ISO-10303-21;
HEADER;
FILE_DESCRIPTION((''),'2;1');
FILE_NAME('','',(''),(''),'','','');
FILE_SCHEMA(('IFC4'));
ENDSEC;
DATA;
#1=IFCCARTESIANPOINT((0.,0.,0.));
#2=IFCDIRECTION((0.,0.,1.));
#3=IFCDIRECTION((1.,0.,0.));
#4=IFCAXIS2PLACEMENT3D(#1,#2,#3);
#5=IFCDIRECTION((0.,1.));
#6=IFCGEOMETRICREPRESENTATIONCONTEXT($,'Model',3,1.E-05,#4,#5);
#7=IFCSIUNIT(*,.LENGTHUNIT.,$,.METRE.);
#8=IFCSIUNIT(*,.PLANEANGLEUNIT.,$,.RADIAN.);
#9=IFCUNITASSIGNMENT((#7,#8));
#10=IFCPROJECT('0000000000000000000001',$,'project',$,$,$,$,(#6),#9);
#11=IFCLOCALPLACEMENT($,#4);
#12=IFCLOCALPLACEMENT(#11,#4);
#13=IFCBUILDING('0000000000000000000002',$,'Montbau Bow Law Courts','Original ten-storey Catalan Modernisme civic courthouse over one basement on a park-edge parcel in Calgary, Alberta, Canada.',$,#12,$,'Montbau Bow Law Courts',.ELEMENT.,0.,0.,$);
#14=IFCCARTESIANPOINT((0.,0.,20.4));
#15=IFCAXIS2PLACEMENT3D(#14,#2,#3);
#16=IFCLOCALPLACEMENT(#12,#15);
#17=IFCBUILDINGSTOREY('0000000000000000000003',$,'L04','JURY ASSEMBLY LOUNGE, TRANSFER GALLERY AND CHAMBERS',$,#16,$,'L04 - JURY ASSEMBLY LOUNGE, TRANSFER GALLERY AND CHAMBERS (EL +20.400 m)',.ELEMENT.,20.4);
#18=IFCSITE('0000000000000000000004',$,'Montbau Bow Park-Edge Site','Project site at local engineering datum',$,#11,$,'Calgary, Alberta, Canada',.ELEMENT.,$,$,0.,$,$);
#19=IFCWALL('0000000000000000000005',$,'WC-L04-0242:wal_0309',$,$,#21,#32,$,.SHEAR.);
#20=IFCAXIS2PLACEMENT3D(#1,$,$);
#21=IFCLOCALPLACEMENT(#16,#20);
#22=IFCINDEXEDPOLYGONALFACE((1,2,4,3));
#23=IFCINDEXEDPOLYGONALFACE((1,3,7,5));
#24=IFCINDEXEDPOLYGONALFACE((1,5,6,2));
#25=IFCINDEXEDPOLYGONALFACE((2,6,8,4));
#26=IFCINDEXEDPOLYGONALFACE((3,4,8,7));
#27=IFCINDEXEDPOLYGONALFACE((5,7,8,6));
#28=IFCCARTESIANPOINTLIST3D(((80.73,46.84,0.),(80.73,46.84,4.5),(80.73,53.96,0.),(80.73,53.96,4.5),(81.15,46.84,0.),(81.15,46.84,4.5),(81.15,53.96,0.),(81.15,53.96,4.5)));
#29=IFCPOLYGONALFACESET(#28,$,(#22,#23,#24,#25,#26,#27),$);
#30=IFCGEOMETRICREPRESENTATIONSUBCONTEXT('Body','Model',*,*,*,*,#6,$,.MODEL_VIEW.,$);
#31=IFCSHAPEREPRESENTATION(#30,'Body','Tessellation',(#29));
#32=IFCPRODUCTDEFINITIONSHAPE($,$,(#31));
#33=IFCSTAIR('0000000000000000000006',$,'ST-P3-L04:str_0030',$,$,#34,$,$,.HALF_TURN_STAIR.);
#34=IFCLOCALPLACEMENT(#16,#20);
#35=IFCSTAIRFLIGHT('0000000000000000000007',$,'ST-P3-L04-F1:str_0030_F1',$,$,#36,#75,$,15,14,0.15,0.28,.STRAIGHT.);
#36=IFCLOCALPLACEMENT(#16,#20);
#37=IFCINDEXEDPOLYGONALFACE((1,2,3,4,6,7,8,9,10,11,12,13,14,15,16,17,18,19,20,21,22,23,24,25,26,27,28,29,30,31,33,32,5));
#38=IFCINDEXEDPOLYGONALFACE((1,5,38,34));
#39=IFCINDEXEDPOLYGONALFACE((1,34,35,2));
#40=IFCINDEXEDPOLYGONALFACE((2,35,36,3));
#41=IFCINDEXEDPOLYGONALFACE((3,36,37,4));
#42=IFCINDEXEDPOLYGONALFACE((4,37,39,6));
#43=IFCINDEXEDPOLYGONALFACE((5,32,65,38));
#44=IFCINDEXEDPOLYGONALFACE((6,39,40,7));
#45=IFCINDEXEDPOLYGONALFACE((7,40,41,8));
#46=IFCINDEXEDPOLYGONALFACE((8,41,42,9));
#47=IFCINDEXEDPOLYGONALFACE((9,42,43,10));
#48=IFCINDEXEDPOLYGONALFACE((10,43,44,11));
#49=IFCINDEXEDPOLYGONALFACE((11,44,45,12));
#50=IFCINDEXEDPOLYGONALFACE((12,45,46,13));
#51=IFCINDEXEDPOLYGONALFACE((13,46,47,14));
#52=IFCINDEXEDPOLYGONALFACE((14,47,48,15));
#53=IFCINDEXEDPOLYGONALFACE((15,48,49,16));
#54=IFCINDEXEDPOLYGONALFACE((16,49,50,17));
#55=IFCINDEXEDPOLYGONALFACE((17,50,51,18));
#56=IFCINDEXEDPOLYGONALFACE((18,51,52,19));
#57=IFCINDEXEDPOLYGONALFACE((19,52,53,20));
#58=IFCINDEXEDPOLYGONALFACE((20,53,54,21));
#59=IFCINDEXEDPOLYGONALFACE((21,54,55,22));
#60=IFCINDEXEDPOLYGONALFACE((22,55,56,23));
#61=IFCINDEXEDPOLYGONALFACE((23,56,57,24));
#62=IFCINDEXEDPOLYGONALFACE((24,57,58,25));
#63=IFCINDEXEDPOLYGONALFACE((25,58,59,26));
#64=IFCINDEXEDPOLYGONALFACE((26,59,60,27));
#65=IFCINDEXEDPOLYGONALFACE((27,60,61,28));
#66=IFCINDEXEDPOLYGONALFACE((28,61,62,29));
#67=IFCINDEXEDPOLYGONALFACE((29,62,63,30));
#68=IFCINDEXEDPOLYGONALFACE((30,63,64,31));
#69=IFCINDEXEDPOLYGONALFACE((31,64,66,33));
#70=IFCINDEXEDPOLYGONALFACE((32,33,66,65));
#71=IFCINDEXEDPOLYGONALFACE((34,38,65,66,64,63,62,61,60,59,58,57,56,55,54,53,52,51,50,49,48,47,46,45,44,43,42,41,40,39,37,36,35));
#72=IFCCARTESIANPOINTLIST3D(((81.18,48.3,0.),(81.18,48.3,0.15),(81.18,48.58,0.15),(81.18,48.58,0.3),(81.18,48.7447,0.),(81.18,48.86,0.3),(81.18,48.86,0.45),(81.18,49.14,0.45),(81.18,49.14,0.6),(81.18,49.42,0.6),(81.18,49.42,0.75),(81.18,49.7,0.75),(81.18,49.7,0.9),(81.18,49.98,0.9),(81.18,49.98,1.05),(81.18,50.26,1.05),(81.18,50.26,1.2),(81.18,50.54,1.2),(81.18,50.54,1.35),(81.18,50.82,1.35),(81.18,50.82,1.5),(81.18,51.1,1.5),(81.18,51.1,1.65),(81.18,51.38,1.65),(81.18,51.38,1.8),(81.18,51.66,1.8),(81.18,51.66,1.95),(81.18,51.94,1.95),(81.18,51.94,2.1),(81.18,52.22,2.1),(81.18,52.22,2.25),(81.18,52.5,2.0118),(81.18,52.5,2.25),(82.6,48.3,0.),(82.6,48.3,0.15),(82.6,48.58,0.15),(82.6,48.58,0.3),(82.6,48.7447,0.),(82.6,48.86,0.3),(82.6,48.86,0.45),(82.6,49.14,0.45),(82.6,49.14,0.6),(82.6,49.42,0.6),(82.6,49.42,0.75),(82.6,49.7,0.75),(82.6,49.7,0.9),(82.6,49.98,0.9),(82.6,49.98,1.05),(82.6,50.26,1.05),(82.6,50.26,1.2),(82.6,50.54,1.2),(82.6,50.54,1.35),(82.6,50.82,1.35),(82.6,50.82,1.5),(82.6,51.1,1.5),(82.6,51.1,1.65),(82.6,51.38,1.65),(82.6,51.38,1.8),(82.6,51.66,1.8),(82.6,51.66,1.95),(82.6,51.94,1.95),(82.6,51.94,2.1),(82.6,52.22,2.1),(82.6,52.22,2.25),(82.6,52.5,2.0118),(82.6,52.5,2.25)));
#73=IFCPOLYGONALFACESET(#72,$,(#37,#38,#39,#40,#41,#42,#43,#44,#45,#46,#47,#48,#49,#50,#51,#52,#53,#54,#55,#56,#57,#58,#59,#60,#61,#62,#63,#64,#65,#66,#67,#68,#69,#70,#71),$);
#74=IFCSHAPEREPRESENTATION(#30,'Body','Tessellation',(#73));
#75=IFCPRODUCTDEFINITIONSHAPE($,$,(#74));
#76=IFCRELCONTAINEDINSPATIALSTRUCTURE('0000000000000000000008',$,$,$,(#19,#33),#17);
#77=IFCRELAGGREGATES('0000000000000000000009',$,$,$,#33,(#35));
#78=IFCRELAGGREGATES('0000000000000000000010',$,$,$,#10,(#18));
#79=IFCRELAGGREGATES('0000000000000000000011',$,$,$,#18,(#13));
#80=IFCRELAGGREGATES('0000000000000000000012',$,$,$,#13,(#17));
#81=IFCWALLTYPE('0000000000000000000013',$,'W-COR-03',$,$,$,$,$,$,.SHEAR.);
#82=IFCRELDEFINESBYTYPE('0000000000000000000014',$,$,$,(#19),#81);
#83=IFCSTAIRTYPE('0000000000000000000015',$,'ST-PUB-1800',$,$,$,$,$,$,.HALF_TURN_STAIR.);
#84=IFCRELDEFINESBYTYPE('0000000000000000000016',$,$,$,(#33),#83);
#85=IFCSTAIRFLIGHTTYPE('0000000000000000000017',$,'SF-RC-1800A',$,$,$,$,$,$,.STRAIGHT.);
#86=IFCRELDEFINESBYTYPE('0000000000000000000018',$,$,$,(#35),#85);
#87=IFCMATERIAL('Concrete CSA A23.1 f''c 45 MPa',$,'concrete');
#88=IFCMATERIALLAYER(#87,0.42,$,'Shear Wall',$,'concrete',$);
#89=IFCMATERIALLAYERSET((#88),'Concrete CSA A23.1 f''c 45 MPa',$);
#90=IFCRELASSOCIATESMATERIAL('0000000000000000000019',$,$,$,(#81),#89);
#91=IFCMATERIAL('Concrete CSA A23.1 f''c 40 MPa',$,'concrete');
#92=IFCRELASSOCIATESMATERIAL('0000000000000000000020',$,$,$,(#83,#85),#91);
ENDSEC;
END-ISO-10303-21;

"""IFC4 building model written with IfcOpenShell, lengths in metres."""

from ifc_helpers import new_model, si_unit, direction, frame, frame_2d, origin_with_axes, place, context, subcontext, project, spatial, polyline, rectangle, outline, extrude, material, layer, layer_set, type_object, element, aggregate, save


model = new_model("IFC4")

# Units and contexts
model_context = context("Model", 3, precision=1e-05, world=origin_with_axes(), true_north=direction((0.0, 1.0)))
body_context = subcontext(model_context, "Body", "Model", "MODEL_VIEW")
ifc_project = project(units=[si_unit("LENGTHUNIT", "METRE"), si_unit("PLANEANGLEUNIT", "RADIAN")], contexts=[model_context])

# Site, building, storey
site_placement = place(None, origin_with_axes())
site = spatial("IfcSite", under=ifc_project, at=site_placement, Name="Montbau Bow Park-Edge Site", Description="Project site at local engineering datum", LongName="Calgary, Alberta, Canada", CompositionType="ELEMENT", RefElevation=0.0)
building_placement = place(site_placement, origin_with_axes())
building = spatial("IfcBuilding", under=site, at=building_placement, Name="Montbau Bow Law Courts", Description="Original ten-storey Catalan Modernisme civic courthouse over one basement on a park-edge parcel in Calgary, Alberta, Canada.", LongName="Montbau Bow Law Courts", CompositionType="ELEMENT", ElevationOfRefHeight=0.0, ElevationOfTerrain=0.0)
storey_placement = place(building_placement, frame((0.0, 0.0, 20.4), z_axis=(0.0, 0.0, 1.0), x_axis=(1.0, 0.0, 0.0)))
storey = spatial("IfcBuildingStorey", under=building, at=storey_placement, Name="L04", Description="JURY ASSEMBLY LOUNGE, TRANSFER GALLERY AND CHAMBERS", LongName="L04 - JURY ASSEMBLY LOUNGE, TRANSFER GALLERY AND CHAMBERS (EL +20.400 m)", CompositionType="ELEMENT", Elevation=20.4)

# Wall
ifc_material_1 = material(Name="Concrete CSA A23.1 f'c 45 MPa", Category="concrete")
ifc_layer_1 = layer(ifc_material_1, 0.42, Name="Shear Wall", Category="concrete")
ifc_layer_set_1 = layer_set([ifc_layer_1], Name="Concrete CSA A23.1 f'c 45 MPa")
wall_type = type_object("IfcWallType", Name="W-COR-03", PredefinedType="SHEAR", material=ifc_layer_set_1)
wall_placement = place(None, frame((80.94, 53.96, 20.4), z_axis=(0.0, 0.0, 1.0), x_axis=(0.0, -1.0, 0.0)))
element("IfcWall", 1, at=wall_placement, inside=storey, type_object=wall_type, Name="WC-L04-0242:wal_0309", PredefinedType="SHEAR", context=body_context, shape_type="SweptSolid", body=[
    extrude(rectangle(XDim=7.12, YDim=0.42, at=frame_2d((3.56, 0.0), x_axis=(1.0, 0.0))), origin_with_axes(), (0.0, 0.0, 1.0), 4.5),
])

# Stair, stair flight
ifc_material_2 = material(Name="Concrete CSA A23.1 f'c 40 MPa", Category="concrete")
stair_type = type_object("IfcStairType", Name="ST-PUB-1800", PredefinedType="HALF_TURN_STAIR", material=ifc_material_2)
stair_placement = place(None, frame((81.89, 48.3, 20.4), z_axis=(0.0, 0.0, 1.0), x_axis=(1.0, 0.0, 0.0)))
stair = element("IfcStair", 2, at=stair_placement, inside=storey, type_object=stair_type, Name="ST-P3-L04:str_0030", PredefinedType="HALF_TURN_STAIR")
stair_flight_type = type_object("IfcStairFlightType", Name="SF-RC-1800A", PredefinedType="STRAIGHT", material=ifc_material_2)
stair_flight_placement = place(None, frame((81.89, 48.3, 20.4), z_axis=(0.0, 0.0, 1.0), x_axis=(0.0, 1.0, 0.0)))
stair_flight = element("IfcStairFlight", 3, at=stair_flight_placement, type_object=stair_flight_type, Name="ST-P3-L04-F1:str_0030_F1", NumberOfRisers=15, NumberOfTreads=14, PredefinedType="STRAIGHT", RiserHeight=0.15, TreadLength=0.28, context=body_context, shape_type="SweptSolid", body=[
    extrude(outline(polyline([(0.0, 0.0), (0.0, 0.15), (0.28, 0.15), (0.28, 0.3), (0.56, 0.3), (0.56, 0.45), (0.84, 0.45), (0.84, 0.6), (1.12, 0.6), (1.12, 0.75), (1.4, 0.75), (1.4, 0.9), (1.68, 0.9), (1.68, 1.05), (1.96, 1.05), (1.96, 1.2), (2.24, 1.2), (2.24, 1.35), (2.52, 1.35), (2.52, 1.5), (2.8, 1.5), (2.8, 1.65), (3.08, 1.65), (3.08, 1.8), (3.36, 1.8), (3.36, 1.95), (3.64, 1.95), (3.64, 2.1), (3.92, 2.1), (3.92, 2.25), (4.2, 2.25), (4.2, 2.0118), (0.4447, 0.0), (0.0, 0.0)])), frame((0.0, 0.71, 0.0), z_axis=(0.0, -1.0, 0.0), x_axis=(1.0, 0.0, 0.0)), (0.0, 0.0, 1.0), 1.42),
])
aggregate(stair, [stair_flight])

save(model, "model.ifc")
